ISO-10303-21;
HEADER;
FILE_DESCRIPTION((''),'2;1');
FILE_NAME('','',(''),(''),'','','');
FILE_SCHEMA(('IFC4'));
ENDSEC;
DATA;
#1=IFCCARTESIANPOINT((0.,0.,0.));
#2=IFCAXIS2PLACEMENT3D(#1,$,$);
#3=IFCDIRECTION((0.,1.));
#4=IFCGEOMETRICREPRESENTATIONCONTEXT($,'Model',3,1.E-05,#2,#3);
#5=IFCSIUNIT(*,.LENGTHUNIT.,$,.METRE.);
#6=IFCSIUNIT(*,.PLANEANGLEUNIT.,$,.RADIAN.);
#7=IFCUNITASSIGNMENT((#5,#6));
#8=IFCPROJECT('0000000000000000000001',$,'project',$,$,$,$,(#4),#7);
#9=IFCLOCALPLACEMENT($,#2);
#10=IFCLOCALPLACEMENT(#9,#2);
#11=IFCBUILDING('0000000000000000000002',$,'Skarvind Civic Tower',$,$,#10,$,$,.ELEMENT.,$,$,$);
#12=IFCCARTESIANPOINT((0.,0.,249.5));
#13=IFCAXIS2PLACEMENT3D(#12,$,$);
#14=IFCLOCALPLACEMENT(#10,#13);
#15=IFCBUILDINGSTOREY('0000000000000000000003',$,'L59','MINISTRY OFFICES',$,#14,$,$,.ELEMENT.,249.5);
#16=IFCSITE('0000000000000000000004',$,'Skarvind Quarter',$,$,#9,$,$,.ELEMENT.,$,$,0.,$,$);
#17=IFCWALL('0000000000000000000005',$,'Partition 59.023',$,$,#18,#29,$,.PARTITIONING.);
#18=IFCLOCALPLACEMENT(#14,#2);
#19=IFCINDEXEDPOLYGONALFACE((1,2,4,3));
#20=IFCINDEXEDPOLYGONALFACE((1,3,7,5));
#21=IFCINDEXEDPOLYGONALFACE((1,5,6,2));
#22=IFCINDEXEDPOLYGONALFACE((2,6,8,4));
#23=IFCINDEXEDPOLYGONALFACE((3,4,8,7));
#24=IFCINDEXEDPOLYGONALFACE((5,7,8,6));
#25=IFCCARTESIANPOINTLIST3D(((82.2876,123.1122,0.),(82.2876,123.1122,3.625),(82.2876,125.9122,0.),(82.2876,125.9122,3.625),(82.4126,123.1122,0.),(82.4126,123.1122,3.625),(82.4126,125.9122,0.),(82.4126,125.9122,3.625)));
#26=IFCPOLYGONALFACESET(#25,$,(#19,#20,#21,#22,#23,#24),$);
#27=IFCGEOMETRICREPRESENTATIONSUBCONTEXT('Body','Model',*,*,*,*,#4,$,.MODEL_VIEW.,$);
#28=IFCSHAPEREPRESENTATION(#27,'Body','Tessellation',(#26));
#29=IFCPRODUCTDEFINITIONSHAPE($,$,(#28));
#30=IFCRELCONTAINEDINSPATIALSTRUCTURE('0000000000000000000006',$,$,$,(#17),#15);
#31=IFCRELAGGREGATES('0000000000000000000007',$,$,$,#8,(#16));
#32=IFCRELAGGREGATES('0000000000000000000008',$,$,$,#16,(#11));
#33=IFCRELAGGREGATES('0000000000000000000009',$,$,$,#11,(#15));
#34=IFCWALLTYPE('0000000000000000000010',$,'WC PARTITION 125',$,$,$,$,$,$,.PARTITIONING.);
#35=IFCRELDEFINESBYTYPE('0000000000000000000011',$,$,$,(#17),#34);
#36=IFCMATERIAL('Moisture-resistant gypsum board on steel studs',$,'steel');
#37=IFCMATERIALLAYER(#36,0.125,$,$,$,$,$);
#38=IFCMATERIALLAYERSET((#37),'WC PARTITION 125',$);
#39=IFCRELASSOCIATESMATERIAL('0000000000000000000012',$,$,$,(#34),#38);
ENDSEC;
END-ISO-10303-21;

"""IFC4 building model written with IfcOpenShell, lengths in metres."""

from ifc_helpers import new_model, si_unit, direction, frame, frame_2d, origin, place, context, subcontext, project, spatial, rectangle, extrude, material, layer, layer_set, type_object, element, save


model = new_model("IFC4")

# Units and contexts
model_context = context("Model", 3, precision=1e-05, world=origin(), true_north=direction((0.0, 1.0)))
body_context = subcontext(model_context, "Body", "Model", "MODEL_VIEW")
ifc_project = project(units=[si_unit("LENGTHUNIT", "METRE"), si_unit("PLANEANGLEUNIT", "RADIAN")], contexts=[model_context])

# Site, building, storey
site_placement = place(None, origin())
site = spatial("IfcSite", under=ifc_project, at=site_placement, Name="Skarvind Quarter", CompositionType="ELEMENT", RefElevation=0.0)
building_placement = place(site_placement, origin())
building = spatial("IfcBuilding", under=site, at=building_placement, Name="Skarvind Civic Tower", CompositionType="ELEMENT")
storey_placement = place(building_placement, frame((0.0, 0.0, 249.5)))
storey = spatial("IfcBuildingStorey", under=building, at=storey_placement, Name="L59", Description="MINISTRY OFFICES", CompositionType="ELEMENT", Elevation=249.5)

# Shared definitions
ifc_material_1 = material(Name="Moisture-resistant gypsum board on steel studs", Category="steel")
ifc_layer_1 = layer(ifc_material_1, 0.125)
ifc_layer_set_1 = layer_set([ifc_layer_1], Name="WC PARTITION 125")
wall_type_1 = type_object("IfcWallType", Name="WC PARTITION 125", PredefinedType="PARTITIONING", material=ifc_layer_set_1)

# Wall
wall_1_placement = place(storey_placement, frame((82.3501, 125.9121, 0.0), z_axis=(0.0, 0.0, 1.0), x_axis=(0.0, -1.0, 0.0)))
element("IfcWall", 1, at=wall_1_placement, inside=storey, type_object=wall_type_1, Name="Partition 59.023", PredefinedType="PARTITIONING", context=body_context, shape_type="SweptSolid", body=[
    extrude(rectangle(XDim=2.8, YDim=0.125, at=frame_2d((1.3999, 0.0))), origin(), (0.0, 0.0, 1.0), 3.625),
])

save(model, "model.ifc")
